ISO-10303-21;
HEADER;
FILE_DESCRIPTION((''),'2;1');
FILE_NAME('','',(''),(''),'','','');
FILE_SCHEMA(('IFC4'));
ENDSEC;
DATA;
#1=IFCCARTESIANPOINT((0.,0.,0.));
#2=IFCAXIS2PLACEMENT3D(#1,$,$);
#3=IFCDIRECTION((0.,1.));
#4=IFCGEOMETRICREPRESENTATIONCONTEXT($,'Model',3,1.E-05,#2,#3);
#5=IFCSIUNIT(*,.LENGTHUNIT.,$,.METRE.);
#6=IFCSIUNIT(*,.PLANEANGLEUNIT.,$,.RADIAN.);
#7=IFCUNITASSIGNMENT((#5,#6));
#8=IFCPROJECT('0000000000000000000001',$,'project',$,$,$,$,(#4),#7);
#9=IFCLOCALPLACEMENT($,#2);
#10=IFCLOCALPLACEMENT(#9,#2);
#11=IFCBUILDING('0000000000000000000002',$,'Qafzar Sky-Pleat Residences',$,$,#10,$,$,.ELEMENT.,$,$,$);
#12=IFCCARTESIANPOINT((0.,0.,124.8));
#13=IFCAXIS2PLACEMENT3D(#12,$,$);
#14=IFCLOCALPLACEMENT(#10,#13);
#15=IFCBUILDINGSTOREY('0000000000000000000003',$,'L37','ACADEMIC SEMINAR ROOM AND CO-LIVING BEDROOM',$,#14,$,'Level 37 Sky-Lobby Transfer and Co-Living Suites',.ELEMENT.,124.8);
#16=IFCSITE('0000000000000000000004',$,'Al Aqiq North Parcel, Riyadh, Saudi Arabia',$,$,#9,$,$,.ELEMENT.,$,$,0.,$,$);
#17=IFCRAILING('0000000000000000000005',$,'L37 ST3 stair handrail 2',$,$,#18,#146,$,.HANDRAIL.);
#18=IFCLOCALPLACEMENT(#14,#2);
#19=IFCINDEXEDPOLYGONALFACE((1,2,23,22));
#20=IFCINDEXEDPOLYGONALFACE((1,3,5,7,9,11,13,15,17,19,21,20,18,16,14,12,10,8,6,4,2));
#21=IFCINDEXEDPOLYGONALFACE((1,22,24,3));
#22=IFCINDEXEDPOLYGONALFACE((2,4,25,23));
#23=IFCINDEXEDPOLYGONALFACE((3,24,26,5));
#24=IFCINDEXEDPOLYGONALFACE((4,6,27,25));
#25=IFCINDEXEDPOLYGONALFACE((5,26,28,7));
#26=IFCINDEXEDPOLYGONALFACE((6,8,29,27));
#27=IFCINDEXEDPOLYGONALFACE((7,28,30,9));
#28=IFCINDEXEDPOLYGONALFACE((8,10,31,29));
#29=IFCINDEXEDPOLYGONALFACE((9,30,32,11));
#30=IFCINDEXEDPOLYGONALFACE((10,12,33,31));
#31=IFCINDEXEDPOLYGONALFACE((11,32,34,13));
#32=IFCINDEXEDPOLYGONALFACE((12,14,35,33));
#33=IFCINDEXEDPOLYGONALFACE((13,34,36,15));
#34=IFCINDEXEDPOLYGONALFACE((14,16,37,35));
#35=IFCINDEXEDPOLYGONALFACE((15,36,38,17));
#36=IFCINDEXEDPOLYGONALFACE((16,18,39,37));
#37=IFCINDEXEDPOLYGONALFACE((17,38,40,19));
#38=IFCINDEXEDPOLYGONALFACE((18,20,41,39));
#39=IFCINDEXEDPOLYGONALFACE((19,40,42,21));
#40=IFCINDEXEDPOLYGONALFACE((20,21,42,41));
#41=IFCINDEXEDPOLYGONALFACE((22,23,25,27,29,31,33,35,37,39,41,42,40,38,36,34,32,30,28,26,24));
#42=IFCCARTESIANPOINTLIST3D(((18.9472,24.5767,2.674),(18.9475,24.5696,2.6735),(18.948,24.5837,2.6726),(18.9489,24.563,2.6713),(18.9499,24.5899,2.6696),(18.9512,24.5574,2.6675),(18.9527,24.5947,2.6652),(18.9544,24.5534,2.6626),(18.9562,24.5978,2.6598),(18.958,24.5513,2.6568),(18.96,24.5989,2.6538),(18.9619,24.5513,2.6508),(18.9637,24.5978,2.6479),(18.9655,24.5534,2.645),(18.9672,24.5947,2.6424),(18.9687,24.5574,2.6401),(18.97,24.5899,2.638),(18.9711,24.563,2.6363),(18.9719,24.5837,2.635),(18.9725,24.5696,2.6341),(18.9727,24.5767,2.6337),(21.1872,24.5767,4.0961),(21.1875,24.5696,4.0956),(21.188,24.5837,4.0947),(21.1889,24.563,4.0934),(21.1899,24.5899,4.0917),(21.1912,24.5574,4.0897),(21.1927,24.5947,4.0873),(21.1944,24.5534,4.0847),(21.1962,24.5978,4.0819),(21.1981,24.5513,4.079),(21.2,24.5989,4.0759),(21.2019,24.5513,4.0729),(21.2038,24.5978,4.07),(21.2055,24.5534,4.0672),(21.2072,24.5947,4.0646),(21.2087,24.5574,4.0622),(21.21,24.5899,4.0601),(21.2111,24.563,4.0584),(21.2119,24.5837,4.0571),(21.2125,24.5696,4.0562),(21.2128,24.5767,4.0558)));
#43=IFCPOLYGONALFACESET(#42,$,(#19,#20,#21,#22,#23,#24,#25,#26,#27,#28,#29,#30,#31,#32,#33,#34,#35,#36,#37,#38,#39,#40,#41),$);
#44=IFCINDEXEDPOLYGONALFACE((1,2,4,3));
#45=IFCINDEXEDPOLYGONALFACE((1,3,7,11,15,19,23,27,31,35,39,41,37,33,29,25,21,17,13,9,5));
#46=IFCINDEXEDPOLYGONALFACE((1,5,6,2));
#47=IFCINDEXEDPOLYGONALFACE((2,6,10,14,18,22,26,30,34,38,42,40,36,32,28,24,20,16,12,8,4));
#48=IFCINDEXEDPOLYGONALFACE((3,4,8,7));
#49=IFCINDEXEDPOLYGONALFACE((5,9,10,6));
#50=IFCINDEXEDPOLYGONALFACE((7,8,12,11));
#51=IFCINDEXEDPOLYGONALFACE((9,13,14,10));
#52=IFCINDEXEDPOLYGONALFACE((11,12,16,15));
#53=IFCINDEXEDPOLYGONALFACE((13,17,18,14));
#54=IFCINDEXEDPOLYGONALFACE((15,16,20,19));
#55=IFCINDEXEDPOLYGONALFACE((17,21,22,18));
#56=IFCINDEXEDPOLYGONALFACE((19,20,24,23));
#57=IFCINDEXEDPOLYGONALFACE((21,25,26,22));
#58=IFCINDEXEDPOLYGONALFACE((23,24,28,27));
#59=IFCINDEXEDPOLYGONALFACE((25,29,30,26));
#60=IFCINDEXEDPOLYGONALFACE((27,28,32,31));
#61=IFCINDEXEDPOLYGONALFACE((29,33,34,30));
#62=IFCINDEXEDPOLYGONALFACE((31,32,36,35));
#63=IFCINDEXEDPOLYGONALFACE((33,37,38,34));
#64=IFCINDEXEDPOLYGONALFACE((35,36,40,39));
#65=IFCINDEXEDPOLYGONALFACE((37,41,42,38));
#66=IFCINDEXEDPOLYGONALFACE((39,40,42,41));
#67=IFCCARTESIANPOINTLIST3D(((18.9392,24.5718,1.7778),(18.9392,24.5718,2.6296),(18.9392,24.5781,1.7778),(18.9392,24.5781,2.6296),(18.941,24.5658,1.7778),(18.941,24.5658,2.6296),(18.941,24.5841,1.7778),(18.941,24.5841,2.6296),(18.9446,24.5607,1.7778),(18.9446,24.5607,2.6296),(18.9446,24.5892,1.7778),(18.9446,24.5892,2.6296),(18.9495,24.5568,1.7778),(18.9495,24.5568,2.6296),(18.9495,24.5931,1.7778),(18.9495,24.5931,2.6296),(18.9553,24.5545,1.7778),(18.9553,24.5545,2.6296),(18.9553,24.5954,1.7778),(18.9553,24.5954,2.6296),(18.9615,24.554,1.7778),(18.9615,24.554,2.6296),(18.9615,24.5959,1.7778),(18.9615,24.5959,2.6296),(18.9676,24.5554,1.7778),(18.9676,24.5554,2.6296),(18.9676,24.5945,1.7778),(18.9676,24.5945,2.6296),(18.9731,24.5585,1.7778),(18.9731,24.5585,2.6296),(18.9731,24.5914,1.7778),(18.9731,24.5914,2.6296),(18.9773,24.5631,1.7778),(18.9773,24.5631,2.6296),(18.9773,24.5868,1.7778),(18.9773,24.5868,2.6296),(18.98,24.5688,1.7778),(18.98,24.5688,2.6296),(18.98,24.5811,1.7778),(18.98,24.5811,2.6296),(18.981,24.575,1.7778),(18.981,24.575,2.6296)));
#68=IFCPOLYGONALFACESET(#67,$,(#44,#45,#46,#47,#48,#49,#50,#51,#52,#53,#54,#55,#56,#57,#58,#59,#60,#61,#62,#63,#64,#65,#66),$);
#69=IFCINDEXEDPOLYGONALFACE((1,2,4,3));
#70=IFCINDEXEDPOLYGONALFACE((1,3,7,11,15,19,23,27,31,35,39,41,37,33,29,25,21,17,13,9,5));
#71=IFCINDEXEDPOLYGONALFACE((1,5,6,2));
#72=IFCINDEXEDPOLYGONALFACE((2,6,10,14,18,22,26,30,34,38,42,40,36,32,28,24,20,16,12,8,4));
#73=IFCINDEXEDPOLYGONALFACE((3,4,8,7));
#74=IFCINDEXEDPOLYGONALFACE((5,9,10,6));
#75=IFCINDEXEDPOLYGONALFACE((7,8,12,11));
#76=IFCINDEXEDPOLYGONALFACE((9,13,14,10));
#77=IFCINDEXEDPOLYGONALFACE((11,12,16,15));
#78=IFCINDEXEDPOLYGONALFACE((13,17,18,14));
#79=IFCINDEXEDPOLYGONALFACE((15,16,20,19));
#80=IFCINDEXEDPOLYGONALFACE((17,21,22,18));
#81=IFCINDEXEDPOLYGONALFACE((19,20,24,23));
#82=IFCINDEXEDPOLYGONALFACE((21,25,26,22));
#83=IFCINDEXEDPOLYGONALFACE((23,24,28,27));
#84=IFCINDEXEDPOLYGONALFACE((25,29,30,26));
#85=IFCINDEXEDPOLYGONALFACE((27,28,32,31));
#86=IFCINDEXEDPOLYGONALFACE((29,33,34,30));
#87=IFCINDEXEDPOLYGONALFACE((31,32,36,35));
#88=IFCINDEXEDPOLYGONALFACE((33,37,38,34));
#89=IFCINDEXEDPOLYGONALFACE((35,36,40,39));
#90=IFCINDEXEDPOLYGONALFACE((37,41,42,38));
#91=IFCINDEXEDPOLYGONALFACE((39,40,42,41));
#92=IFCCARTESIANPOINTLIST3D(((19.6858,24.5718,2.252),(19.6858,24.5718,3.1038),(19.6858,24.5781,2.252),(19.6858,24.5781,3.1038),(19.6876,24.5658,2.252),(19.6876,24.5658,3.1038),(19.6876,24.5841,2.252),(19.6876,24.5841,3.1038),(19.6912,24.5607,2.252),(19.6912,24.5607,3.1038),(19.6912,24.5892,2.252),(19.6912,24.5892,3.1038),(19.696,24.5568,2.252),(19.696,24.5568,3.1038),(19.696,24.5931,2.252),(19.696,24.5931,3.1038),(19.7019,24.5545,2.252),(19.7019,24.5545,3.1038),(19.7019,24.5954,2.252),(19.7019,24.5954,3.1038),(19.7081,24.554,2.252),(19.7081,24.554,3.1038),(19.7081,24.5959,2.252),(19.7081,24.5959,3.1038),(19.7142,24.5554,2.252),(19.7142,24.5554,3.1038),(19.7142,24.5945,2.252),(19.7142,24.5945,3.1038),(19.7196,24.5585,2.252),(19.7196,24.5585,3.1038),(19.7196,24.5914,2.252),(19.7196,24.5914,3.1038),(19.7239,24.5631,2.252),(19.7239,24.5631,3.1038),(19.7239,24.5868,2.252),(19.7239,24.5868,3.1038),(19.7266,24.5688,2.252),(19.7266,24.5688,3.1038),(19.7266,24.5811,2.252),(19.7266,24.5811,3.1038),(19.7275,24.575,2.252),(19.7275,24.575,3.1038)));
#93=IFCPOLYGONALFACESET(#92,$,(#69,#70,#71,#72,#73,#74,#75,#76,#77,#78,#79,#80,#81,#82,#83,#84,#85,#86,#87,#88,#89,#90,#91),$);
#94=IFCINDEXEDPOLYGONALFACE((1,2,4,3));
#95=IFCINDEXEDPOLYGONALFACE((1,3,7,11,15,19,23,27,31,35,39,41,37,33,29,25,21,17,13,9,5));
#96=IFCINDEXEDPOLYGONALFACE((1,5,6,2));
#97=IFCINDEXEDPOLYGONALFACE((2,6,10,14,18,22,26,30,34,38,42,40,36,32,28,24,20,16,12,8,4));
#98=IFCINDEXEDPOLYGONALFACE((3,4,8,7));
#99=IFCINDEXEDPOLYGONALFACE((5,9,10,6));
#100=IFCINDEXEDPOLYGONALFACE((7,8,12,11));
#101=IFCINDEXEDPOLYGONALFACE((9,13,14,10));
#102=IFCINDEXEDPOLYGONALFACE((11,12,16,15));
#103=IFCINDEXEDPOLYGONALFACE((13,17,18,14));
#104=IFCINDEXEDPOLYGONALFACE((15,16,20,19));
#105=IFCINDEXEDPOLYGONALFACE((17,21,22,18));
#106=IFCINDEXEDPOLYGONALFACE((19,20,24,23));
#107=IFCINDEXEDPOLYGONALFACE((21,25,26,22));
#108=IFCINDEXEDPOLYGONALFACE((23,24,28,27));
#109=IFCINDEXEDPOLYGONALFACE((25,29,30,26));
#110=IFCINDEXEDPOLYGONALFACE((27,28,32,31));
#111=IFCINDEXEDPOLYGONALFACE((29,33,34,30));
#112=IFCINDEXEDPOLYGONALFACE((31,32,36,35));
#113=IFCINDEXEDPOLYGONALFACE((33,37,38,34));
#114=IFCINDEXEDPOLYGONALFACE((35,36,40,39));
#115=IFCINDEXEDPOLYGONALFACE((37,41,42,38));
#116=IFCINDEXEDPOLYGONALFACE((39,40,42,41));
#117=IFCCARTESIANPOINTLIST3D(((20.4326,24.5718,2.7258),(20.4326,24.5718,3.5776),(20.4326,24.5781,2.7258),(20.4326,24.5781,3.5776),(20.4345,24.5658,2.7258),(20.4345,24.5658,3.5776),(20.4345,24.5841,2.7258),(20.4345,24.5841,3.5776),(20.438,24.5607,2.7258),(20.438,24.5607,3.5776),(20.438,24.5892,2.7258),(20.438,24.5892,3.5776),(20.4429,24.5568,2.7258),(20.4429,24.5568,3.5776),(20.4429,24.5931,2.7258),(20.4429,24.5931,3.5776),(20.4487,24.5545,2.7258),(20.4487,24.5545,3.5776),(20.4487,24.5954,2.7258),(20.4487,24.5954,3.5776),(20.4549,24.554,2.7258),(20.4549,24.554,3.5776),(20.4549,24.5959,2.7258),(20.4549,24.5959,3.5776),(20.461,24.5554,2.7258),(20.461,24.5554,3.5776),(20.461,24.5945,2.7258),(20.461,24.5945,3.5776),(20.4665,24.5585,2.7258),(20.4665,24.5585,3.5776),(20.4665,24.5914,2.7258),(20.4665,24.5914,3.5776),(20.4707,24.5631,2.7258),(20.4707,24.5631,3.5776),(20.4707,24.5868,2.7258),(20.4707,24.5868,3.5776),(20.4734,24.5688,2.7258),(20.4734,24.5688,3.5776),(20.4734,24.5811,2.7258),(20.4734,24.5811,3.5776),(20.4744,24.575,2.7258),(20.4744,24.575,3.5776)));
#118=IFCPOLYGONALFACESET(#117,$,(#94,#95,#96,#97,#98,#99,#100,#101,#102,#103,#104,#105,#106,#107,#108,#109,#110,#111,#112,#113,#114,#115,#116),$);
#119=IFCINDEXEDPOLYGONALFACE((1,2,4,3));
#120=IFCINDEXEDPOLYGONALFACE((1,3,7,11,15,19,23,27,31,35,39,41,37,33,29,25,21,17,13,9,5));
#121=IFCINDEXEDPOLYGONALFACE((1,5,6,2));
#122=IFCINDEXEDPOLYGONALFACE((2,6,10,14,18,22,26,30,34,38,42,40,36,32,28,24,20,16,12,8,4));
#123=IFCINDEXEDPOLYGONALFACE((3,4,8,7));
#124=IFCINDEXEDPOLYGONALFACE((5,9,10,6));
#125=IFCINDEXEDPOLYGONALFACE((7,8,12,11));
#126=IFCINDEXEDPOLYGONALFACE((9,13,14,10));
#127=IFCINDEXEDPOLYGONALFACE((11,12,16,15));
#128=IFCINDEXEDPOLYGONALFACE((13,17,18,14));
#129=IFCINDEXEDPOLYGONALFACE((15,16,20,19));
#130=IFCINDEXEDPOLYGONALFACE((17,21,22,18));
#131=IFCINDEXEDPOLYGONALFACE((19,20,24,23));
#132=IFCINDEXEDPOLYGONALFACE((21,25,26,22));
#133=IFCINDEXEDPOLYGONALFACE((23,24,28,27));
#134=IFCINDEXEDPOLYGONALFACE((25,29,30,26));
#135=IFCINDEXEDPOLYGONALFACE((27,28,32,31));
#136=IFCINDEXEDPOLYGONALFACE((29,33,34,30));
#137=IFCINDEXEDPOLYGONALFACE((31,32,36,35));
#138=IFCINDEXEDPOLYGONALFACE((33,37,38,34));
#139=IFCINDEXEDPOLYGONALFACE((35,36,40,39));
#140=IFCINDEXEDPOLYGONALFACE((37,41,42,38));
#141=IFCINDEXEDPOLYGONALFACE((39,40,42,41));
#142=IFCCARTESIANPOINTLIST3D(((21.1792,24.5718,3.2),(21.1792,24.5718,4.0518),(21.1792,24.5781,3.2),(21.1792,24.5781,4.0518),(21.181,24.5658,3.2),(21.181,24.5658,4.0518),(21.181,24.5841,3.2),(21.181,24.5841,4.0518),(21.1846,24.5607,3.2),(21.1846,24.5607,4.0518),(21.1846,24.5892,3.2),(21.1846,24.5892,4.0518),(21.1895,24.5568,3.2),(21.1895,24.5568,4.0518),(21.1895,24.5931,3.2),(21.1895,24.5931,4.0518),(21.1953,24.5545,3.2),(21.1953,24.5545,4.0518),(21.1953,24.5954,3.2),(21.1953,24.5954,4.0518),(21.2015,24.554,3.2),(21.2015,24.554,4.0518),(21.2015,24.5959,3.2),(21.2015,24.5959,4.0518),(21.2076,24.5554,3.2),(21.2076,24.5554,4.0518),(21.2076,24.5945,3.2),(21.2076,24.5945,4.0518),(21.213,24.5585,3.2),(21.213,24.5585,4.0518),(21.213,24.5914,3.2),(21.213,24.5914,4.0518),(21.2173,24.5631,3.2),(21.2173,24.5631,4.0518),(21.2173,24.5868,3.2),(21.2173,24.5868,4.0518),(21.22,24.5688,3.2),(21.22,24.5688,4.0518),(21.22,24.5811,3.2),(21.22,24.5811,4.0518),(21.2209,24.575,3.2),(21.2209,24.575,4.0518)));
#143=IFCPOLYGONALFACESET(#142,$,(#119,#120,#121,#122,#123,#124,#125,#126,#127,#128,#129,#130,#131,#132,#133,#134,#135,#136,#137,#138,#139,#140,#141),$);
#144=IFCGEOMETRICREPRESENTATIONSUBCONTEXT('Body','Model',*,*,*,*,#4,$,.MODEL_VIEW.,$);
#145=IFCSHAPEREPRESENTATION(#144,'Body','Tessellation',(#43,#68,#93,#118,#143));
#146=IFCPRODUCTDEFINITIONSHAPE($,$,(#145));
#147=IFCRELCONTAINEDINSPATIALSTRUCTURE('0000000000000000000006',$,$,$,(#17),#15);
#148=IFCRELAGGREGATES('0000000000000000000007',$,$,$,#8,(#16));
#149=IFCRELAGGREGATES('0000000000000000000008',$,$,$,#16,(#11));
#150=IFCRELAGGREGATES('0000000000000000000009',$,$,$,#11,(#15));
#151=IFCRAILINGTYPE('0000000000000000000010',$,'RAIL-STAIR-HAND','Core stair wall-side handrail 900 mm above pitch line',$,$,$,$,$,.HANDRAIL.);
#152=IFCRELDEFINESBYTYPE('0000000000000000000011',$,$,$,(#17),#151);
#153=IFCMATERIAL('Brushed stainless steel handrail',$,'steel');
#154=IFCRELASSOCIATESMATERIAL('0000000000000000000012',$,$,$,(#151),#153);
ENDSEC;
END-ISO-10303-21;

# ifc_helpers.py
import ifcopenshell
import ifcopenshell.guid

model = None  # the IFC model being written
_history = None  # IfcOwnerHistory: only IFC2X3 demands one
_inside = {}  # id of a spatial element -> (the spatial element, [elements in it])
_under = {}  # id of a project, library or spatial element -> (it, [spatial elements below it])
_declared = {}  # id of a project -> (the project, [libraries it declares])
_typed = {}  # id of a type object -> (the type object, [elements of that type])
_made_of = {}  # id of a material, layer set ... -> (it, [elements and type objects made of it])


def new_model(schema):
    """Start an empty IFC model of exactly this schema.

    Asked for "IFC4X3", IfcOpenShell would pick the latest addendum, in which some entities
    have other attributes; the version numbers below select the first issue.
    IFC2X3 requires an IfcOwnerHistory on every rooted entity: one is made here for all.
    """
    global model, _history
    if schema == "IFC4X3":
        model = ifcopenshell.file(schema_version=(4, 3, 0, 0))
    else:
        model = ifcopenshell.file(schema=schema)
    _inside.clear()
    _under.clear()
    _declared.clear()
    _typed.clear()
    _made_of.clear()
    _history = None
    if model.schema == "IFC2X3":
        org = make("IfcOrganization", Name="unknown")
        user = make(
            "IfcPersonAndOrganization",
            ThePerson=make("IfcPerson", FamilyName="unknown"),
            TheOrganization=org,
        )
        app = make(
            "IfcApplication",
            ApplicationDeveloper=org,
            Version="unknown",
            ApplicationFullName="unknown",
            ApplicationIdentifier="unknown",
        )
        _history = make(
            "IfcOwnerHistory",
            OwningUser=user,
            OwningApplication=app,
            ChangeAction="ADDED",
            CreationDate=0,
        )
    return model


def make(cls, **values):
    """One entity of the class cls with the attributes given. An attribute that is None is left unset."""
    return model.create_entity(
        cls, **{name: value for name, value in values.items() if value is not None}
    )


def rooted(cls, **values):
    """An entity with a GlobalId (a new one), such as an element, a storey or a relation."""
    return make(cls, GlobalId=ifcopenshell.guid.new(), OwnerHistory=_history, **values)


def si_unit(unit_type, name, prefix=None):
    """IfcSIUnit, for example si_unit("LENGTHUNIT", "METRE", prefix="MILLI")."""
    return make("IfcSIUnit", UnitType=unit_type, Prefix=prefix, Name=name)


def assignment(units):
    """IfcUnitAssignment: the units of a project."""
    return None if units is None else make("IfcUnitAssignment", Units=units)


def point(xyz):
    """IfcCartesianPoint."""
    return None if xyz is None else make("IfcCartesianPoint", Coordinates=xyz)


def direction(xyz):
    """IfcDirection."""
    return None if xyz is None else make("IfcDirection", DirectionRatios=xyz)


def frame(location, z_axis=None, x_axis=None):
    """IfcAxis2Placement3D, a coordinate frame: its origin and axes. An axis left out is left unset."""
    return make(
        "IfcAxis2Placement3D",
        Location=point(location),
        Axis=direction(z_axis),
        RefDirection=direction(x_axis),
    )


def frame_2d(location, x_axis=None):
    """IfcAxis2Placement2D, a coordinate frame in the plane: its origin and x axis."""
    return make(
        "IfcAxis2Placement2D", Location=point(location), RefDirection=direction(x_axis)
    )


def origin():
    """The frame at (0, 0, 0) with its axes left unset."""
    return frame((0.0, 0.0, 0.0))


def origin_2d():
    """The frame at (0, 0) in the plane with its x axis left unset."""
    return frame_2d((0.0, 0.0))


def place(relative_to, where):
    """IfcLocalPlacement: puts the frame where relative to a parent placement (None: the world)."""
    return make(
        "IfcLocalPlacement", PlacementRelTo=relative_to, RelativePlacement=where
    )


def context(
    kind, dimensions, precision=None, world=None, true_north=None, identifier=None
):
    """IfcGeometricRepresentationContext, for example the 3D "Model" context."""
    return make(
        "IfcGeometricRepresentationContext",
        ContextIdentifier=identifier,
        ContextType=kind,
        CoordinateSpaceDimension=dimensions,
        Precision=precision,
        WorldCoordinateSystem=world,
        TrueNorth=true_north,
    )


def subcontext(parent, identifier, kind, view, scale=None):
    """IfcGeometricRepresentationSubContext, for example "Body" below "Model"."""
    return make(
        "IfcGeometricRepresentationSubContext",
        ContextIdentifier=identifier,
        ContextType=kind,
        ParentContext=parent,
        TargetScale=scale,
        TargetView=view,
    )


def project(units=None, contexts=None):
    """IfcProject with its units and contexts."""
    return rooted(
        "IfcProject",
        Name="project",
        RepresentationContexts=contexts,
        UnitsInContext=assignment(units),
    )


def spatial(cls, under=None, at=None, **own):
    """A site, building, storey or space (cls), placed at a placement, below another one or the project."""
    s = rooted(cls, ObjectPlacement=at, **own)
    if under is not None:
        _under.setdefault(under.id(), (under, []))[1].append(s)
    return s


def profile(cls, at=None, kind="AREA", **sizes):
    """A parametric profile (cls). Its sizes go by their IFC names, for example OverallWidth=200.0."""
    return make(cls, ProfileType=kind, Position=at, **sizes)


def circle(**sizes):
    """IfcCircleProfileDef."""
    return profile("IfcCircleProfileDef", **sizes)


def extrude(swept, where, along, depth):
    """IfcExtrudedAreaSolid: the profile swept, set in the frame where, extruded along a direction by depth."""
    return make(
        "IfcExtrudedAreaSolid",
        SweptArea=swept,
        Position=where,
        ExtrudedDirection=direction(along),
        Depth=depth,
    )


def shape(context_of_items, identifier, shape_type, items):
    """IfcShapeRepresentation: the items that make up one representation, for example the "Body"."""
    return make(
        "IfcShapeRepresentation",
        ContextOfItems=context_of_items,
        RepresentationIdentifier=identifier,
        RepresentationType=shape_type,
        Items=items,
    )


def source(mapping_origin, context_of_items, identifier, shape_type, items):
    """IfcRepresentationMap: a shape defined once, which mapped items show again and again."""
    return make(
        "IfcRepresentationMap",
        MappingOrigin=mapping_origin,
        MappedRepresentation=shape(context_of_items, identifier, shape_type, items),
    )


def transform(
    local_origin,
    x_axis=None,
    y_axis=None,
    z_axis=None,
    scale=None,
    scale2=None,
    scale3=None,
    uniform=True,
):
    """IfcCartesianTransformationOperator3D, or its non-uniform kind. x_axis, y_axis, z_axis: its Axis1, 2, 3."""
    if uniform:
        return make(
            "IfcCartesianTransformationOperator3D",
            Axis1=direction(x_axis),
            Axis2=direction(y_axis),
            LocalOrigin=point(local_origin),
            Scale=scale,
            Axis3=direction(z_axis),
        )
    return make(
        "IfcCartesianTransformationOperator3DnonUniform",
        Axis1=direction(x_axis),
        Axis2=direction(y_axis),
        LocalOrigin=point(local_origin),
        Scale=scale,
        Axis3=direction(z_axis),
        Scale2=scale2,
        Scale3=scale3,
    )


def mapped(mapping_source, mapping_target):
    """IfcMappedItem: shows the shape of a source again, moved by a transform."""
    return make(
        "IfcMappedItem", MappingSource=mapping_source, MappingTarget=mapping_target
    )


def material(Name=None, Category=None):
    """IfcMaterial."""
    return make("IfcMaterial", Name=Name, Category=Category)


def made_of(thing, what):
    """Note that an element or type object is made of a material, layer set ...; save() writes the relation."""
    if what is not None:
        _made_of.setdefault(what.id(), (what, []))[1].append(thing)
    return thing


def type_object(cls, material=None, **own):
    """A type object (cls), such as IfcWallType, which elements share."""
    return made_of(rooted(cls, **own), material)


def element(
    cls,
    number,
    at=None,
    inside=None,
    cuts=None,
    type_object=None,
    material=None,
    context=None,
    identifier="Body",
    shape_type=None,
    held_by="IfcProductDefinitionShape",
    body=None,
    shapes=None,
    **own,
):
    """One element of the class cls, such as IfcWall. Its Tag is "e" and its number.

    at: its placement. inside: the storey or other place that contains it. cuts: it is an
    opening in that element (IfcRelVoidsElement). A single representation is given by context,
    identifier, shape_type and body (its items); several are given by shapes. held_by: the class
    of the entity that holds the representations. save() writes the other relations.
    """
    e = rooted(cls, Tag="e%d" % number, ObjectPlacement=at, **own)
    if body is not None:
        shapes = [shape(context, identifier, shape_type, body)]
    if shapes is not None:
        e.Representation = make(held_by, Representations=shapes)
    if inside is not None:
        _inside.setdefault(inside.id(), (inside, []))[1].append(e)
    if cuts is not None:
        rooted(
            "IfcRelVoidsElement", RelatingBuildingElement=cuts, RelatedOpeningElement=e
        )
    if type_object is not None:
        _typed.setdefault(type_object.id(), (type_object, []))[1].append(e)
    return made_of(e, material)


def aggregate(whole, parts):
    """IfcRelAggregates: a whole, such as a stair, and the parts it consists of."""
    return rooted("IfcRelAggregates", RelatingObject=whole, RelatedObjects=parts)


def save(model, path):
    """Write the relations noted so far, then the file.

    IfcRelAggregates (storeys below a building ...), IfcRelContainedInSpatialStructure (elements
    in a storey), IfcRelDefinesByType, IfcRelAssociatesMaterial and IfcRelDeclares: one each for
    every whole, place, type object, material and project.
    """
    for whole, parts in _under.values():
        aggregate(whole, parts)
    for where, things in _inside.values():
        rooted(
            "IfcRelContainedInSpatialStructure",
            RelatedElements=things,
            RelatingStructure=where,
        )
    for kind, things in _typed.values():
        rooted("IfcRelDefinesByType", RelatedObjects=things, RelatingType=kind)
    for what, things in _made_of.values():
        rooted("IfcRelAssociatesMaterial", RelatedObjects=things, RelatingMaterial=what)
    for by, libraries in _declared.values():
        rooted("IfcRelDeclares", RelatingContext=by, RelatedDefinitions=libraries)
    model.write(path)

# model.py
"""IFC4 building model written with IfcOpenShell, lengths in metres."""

from ifc_helpers import new_model, si_unit, direction, frame, origin, origin_2d, place, context, subcontext, project, spatial, circle, extrude, source, transform, mapped, material, type_object, element, save


model = new_model("IFC4")

# Units and contexts
model_context = context("Model", 3, precision=1e-05, world=origin(), true_north=direction((0.0, 1.0)))
body_context = subcontext(model_context, "Body", "Model", "MODEL_VIEW")
ifc_project = project(units=[si_unit("LENGTHUNIT", "METRE"), si_unit("PLANEANGLEUNIT", "RADIAN")], contexts=[model_context])

# Site, building, storey
site_placement = place(None, origin())
site = spatial("IfcSite", under=ifc_project, at=site_placement, Name="Al Aqiq North Parcel, Riyadh, Saudi Arabia", CompositionType="ELEMENT", RefElevation=0.0)
building_placement = place(site_placement, origin())
building = spatial("IfcBuilding", under=site, at=building_placement, Name="Qafzar Sky-Pleat Residences", CompositionType="ELEMENT")
storey_placement = place(building_placement, frame((0.0, 0.0, 124.8)))
storey = spatial("IfcBuildingStorey", under=building, at=storey_placement, Name="L37", Description="ACADEMIC SEMINAR ROOM AND CO-LIVING BEDROOM", LongName="Level 37 Sky-Lobby Transfer and Co-Living Suites", CompositionType="ELEMENT", Elevation=124.8)

# Railing
ifc_material_1 = material(Name="Brushed stainless steel handrail", Category="steel")
railing_type_1 = type_object("IfcRailingType", Name="RAIL-STAIR-HAND", Description="Core stair wall-side handrail 900 mm above pitch line", PredefinedType="HANDRAIL", material=ifc_material_1)
shared_shape_1 = source(origin(), body_context, "Body", "SweptSolid", [
    extrude(circle(Radius=0.0239, at=origin_2d()), frame((0.0, 0.0, 0.876), z_axis=(0.844229, 0.0, 0.535982), x_axis=(0.0, 1.0, 0.0)), (0.0, 0.0, 1.0), 2.6533),
    extrude(circle(Radius=0.021, at=origin_2d()), origin(), (0.0, 0.0, 1.0), 0.8518),
    extrude(circle(Radius=0.021, at=origin_2d()), frame((0.7466, 0.0, 0.4741)), (0.0, 0.0, 1.0), 0.8518),
    extrude(circle(Radius=0.021, at=origin_2d()), frame((1.4934, 0.0, 0.948)), (0.0, 0.0, 1.0), 0.8518),
    extrude(circle(Radius=0.021, at=origin_2d()), frame((2.24, 0.0, 1.4221)), (0.0, 0.0, 1.0), 0.8518),
])
for number, where, name in (
    (1, (18.96, 24.575, 1.7778), "L37 ST3 stair handrail 2"),
):
    element("IfcRailing", number, at=place(storey_placement, frame(where)), inside=storey, type_object=railing_type_1, Name=name, PredefinedType="HANDRAIL", context=body_context, shape_type="MappedRepresentation", body=[
        mapped(shared_shape_1, transform((0.0, 0.0, 0.0), x_axis=(1.0, 0.0, 0.0), y_axis=(0.0, 1.0, 0.0), z_axis=(0.0, 0.0, 1.0), scale=1.0)),
    ])

save(model, "model.ifc")
